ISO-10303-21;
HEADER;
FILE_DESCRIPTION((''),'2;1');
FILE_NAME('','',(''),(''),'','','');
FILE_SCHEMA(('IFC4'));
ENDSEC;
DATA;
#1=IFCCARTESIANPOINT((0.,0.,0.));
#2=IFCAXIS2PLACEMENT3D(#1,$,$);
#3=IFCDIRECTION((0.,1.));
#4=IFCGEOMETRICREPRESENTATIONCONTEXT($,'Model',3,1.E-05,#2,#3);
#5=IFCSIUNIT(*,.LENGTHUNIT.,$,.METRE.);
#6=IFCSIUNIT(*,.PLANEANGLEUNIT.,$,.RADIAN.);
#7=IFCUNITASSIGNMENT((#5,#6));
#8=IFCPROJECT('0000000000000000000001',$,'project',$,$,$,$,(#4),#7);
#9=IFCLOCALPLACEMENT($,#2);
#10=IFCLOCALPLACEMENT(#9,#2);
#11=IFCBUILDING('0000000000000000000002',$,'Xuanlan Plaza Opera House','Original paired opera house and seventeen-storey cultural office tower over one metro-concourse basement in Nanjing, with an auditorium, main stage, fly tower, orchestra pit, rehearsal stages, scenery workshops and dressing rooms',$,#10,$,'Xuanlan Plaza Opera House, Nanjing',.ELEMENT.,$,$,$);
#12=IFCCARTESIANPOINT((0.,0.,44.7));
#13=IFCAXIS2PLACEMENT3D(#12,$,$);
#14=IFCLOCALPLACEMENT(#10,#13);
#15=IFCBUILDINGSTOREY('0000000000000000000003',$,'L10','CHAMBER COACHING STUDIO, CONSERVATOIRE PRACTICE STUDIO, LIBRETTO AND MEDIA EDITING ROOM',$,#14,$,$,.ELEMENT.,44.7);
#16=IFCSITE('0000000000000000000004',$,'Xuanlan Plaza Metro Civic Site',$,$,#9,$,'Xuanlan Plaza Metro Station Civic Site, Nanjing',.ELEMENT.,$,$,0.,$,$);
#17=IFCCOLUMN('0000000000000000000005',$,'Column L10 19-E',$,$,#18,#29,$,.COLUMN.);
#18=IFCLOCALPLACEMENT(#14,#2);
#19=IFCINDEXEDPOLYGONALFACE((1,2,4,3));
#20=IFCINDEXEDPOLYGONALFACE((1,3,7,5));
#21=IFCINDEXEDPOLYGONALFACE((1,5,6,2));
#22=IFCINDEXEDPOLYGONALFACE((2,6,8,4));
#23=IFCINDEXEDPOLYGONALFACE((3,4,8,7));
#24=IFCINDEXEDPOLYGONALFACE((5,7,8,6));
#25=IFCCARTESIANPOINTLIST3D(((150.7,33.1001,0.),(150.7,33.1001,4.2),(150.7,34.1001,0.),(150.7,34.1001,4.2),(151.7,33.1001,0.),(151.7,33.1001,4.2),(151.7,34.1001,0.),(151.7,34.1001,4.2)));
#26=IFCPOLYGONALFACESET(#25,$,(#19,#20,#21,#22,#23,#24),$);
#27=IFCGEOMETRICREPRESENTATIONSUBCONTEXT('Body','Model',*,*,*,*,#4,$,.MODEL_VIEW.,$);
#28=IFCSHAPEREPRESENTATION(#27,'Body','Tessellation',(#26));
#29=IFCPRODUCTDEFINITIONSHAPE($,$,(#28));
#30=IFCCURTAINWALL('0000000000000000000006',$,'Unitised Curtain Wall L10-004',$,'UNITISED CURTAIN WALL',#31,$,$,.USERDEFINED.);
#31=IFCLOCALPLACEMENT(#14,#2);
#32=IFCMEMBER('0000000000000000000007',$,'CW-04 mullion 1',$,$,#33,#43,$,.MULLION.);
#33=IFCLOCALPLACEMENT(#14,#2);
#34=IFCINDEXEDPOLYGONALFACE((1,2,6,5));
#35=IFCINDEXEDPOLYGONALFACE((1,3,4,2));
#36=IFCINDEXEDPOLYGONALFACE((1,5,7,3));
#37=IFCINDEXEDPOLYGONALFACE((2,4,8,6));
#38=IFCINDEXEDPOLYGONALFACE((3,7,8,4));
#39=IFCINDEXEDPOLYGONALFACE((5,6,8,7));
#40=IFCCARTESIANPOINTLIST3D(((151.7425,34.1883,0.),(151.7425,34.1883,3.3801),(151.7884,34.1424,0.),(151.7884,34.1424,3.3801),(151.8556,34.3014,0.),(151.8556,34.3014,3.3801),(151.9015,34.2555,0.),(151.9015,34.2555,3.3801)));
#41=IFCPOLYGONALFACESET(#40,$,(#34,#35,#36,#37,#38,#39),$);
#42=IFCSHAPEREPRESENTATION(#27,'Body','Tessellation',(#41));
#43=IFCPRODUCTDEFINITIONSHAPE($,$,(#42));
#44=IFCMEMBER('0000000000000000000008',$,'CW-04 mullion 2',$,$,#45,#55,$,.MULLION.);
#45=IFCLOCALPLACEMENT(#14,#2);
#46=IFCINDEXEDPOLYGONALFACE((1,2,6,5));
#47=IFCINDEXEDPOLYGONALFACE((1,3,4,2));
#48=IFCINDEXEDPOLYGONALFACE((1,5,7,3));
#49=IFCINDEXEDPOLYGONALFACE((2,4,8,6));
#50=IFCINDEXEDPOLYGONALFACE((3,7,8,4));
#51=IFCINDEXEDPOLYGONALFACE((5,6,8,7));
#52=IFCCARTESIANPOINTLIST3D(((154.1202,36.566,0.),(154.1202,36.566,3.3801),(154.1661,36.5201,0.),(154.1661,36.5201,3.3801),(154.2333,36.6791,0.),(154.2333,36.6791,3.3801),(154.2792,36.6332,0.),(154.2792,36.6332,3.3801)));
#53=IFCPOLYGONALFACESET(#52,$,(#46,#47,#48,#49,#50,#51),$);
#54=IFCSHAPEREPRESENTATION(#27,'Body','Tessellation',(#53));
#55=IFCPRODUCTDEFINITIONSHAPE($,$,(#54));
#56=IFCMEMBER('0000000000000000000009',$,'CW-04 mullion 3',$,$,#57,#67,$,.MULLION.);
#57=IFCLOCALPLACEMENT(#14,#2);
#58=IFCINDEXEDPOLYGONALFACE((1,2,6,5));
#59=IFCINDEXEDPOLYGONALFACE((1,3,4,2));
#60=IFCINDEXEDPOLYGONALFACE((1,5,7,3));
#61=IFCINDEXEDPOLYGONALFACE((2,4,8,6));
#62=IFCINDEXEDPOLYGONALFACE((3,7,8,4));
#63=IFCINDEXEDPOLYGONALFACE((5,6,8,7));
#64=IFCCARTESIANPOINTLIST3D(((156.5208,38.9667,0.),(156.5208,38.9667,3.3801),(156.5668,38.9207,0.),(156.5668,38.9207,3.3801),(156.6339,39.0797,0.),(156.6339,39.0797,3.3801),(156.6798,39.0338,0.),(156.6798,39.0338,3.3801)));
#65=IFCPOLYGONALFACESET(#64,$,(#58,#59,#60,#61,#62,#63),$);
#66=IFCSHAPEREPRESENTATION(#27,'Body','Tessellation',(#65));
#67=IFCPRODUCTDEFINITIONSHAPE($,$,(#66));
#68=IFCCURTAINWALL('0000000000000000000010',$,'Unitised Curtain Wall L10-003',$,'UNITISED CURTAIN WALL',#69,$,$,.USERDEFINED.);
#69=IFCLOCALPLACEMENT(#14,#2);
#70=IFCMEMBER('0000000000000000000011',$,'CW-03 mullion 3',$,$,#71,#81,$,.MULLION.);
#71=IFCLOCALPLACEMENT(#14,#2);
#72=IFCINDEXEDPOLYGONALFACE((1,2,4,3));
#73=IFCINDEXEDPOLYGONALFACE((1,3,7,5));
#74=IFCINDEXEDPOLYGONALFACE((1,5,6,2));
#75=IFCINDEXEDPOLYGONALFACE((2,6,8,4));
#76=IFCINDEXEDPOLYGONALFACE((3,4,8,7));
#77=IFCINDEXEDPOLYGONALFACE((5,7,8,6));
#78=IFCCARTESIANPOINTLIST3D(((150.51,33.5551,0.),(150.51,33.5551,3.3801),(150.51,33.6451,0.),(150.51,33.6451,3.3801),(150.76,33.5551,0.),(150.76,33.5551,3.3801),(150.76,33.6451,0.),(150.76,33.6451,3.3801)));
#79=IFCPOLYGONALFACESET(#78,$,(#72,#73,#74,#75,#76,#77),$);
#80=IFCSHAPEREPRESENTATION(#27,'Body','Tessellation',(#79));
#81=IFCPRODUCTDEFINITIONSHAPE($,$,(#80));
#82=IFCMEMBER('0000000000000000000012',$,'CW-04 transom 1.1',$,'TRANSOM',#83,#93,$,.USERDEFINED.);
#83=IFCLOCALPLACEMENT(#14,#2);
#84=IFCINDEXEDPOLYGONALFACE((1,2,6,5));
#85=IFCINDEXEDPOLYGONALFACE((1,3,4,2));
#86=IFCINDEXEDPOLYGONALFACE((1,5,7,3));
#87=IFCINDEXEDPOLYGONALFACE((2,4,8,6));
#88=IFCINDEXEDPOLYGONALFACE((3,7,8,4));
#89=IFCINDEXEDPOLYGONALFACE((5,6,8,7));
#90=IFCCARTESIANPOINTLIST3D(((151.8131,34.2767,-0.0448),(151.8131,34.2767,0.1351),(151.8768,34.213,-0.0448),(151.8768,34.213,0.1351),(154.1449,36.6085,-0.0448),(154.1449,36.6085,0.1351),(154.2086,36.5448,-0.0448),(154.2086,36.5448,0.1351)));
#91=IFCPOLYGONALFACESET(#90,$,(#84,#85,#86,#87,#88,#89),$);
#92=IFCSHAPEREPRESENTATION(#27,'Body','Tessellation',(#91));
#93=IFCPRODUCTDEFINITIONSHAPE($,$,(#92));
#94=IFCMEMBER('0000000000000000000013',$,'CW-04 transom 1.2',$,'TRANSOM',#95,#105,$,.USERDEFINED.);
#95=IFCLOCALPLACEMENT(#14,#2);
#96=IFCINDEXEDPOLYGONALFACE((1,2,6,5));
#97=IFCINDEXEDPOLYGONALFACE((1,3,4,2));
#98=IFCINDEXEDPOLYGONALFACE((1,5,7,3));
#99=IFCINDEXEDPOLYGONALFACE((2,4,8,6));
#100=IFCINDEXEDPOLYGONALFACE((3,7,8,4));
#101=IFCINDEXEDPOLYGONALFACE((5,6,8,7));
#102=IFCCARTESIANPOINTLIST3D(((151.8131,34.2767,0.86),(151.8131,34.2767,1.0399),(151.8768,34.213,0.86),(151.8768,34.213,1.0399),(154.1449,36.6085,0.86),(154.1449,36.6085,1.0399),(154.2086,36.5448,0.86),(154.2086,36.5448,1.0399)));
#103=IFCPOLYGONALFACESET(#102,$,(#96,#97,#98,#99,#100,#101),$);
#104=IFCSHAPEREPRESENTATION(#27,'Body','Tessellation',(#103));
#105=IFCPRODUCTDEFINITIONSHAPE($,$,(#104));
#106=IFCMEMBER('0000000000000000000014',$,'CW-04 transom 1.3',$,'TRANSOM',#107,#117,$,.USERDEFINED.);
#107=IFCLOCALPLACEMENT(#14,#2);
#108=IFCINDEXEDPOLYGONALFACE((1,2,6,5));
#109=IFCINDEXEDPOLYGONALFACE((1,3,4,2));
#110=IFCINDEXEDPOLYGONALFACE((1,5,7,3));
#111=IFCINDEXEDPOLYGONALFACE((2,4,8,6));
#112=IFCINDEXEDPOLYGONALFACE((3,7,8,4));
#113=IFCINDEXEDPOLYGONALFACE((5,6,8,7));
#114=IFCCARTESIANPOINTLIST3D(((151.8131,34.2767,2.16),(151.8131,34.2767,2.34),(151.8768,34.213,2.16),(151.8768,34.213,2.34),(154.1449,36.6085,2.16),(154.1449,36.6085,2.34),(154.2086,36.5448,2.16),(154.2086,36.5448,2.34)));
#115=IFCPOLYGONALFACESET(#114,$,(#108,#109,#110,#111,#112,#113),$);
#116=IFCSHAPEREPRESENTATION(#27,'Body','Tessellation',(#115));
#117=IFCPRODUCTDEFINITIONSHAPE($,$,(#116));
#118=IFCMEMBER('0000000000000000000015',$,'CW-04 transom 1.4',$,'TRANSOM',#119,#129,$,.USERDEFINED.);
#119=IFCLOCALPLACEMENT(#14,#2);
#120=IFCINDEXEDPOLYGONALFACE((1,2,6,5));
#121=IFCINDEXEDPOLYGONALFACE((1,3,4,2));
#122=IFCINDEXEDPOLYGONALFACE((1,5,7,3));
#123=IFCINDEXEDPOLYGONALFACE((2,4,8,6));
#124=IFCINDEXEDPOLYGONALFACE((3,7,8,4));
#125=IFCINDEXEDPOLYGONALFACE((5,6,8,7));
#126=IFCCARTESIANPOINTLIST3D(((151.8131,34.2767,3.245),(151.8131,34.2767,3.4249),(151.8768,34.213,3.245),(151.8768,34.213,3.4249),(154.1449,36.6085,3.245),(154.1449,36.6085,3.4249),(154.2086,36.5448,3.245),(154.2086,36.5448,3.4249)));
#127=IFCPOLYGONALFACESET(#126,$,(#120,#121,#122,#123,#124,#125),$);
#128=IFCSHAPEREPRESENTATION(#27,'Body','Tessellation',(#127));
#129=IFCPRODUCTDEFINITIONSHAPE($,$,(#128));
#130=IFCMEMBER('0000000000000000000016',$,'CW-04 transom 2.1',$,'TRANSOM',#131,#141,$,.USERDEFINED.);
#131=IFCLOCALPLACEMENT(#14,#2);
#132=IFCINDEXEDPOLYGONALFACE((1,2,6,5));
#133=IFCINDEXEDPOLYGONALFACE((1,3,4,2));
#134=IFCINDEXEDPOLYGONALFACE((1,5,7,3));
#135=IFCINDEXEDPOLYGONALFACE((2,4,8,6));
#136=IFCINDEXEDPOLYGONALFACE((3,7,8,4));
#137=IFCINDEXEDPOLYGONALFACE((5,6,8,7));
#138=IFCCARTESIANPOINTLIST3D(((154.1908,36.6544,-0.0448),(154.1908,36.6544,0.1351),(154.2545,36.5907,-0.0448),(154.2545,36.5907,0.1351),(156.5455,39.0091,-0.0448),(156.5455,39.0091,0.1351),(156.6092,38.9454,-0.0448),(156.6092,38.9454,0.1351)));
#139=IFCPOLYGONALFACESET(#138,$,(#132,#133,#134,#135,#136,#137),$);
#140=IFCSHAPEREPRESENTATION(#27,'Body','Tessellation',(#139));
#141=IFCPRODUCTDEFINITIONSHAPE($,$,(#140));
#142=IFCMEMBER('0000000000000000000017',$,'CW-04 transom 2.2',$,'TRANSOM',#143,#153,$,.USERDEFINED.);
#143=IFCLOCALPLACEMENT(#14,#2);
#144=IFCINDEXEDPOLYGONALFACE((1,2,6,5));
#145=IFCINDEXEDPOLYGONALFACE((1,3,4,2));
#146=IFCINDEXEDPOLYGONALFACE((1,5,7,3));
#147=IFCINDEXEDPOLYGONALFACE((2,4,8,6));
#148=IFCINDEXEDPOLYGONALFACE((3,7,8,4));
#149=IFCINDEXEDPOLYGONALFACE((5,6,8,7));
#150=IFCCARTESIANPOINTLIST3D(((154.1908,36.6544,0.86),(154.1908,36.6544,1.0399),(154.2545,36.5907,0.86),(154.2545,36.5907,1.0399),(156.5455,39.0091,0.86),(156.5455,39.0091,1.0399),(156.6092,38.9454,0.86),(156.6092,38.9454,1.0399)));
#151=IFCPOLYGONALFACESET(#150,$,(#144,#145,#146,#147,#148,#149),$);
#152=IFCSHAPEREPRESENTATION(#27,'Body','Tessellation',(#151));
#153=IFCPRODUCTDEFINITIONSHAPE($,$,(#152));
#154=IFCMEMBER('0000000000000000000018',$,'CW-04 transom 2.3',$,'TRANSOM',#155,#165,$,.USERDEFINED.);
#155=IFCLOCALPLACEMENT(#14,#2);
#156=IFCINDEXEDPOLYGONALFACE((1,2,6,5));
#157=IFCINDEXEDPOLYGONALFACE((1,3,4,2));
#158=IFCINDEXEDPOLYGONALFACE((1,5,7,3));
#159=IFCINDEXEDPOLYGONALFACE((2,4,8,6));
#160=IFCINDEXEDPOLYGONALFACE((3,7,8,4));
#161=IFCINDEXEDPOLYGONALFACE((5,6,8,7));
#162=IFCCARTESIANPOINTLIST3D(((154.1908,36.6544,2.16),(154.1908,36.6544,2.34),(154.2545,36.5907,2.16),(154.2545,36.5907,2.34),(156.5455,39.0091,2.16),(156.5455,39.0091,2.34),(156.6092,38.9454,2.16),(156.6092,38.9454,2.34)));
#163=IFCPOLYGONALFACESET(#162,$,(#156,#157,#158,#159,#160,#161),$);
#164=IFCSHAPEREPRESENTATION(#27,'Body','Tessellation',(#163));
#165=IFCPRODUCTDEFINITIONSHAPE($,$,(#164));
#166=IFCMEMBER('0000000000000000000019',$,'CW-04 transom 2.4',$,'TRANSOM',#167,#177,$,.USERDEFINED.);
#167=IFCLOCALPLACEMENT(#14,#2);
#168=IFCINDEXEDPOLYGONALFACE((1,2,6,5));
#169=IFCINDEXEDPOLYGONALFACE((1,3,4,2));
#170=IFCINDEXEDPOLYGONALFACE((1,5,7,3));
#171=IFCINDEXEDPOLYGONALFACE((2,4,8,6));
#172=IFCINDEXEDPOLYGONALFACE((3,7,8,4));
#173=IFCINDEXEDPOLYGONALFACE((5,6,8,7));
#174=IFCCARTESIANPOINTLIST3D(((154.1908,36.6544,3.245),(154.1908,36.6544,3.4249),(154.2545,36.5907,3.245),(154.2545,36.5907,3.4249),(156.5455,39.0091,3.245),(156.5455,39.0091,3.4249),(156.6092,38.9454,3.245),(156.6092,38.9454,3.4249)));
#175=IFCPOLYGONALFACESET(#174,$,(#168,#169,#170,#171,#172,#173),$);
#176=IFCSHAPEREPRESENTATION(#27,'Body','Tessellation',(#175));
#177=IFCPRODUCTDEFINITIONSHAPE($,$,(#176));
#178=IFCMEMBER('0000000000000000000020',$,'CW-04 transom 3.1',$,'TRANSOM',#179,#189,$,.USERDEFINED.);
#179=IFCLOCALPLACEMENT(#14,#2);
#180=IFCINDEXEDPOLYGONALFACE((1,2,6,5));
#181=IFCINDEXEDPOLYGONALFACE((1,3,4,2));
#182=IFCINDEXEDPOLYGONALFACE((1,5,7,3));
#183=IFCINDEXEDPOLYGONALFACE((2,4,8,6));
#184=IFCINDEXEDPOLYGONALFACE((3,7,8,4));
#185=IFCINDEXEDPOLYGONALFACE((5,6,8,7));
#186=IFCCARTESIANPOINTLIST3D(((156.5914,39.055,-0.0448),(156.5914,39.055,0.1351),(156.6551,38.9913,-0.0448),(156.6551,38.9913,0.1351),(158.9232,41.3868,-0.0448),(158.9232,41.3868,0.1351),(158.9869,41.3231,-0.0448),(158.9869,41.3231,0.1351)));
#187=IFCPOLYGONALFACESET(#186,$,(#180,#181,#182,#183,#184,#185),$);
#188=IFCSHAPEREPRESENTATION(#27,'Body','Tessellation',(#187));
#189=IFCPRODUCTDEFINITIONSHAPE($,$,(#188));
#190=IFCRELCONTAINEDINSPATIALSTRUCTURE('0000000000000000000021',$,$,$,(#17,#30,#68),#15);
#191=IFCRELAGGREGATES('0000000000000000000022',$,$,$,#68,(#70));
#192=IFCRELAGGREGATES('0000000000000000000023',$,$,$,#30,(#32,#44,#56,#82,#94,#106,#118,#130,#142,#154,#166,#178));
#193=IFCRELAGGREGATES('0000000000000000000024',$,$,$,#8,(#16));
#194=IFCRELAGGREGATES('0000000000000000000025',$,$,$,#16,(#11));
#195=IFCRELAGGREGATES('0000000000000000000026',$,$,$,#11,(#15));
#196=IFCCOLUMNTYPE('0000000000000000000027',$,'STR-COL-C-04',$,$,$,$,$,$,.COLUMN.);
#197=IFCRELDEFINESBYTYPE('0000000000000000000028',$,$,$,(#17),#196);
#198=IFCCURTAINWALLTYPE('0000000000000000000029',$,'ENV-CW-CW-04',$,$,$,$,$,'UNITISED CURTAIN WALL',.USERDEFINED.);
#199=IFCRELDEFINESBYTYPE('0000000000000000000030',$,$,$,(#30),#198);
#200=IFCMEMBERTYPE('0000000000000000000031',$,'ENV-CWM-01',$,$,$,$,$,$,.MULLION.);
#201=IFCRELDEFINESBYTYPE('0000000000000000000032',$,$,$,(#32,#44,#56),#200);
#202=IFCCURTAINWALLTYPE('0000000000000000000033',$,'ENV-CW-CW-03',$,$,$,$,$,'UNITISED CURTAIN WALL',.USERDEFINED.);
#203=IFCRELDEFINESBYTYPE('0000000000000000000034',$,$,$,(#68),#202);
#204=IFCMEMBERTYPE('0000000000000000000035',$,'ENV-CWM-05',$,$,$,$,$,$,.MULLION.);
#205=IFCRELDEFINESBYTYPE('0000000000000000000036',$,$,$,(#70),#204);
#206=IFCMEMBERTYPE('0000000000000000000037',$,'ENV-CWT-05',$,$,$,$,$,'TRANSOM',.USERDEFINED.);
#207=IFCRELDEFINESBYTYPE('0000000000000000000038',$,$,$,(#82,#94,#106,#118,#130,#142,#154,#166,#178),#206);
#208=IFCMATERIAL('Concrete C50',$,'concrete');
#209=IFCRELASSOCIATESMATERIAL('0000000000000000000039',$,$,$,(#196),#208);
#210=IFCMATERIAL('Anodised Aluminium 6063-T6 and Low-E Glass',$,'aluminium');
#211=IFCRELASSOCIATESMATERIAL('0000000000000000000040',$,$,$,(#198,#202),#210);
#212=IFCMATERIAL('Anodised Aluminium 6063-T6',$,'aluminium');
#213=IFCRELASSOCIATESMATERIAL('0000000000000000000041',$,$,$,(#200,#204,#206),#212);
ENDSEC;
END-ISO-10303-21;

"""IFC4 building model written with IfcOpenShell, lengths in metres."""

from ifc_helpers import new_model, si_unit, direction, frame, origin, origin_2d, place, context, subcontext, project, spatial, rectangle, extrude, material, material_profile, profile_set, type_object, element, aggregate, save


model = new_model("IFC4")

# Units and contexts
model_context = context("Model", 3, precision=1e-05, world=origin(), true_north=direction((0.0, 1.0)))
body_context = subcontext(model_context, "Body", "Model", "MODEL_VIEW")
ifc_project = project(units=[si_unit("LENGTHUNIT", "METRE"), si_unit("PLANEANGLEUNIT", "RADIAN")], contexts=[model_context])

# Site, building, storey
site_placement = place(None, origin())
site = spatial("IfcSite", under=ifc_project, at=site_placement, Name="Xuanlan Plaza Metro Civic Site", LongName="Xuanlan Plaza Metro Station Civic Site, Nanjing", CompositionType="ELEMENT", RefElevation=0.0)
building_placement = place(site_placement, origin())
building = spatial("IfcBuilding", under=site, at=building_placement, Name="Xuanlan Plaza Opera House", Description="Original paired opera house and seventeen-storey cultural office tower over one metro-concourse basement in Nanjing, with an auditorium, main stage, fly tower, orchestra pit, rehearsal stages, scenery workshops and dressing rooms", LongName="Xuanlan Plaza Opera House, Nanjing", CompositionType="ELEMENT")
storey_placement = place(building_placement, frame((0.0, 0.0, 44.7)))
storey = spatial("IfcBuildingStorey", under=building, at=storey_placement, Name="L10", Description="CHAMBER COACHING STUDIO, CONSERVATOIRE PRACTICE STUDIO, LIBRETTO AND MEDIA EDITING ROOM", CompositionType="ELEMENT", Elevation=44.7)

# Column
ifc_material_1 = material(Name="Concrete C50", Category="concrete")
ifc_material_profile_1 = material_profile(ifc_material_1, rectangle(XDim=1.0, YDim=1.0, at=origin_2d()), Name="RC-COL 1000x1000")
ifc_profile_set_1 = profile_set([ifc_material_profile_1], Name="Concrete C50")
column_type = type_object("IfcColumnType", Name="STR-COL-C-04", PredefinedType="COLUMN", material=ifc_profile_set_1)
column_placement = place(storey_placement, frame((151.2, 33.6001, 0.0), z_axis=(0.0, 0.0, 1.0), x_axis=(1.0, 0.0, 0.0)))
element("IfcColumn", 1, at=column_placement, inside=storey, type_object=column_type, Name="Column L10 19-E", PredefinedType="COLUMN", context=body_context, shape_type="SweptSolid", body=[
    extrude(rectangle(XDim=1.0, YDim=1.0, at=origin_2d()), origin(), (0.0, 0.0, 1.0), 4.2),
])

# Curtain wall, members
ifc_material_2 = material(Name="Anodised Aluminium 6063-T6 and Low-E Glass", Category="aluminium")
curtain_wall_type_1 = type_object("IfcCurtainWallType", Name="ENV-CW-CW-04", ElementType="UNITISED CURTAIN WALL", PredefinedType="USERDEFINED", material=ifc_material_2)
curtain_wall_1_placement = place(storey_placement, origin())
curtain_wall_1 = element("IfcCurtainWall", 2, at=curtain_wall_1_placement, inside=storey, type_object=curtain_wall_type_1, Name="Unitised Curtain Wall L10-004", ObjectType="UNITISED CURTAIN WALL", PredefinedType="USERDEFINED")
ifc_material_3 = material(Name="Anodised Aluminium 6063-T6", Category="aluminium")
ifc_material_profile_2 = material_profile(ifc_material_3, rectangle(XDim=0.0649, YDim=0.1599, at=origin_2d()), Name="ALU-M 65x160")
ifc_profile_set_2 = profile_set([ifc_material_profile_2], Name="Anodised Aluminium 6063-T6")
member_type_1 = type_object("IfcMemberType", Name="ENV-CWM-01", PredefinedType="MULLION", material=ifc_profile_set_2)
member_1_placement = place(storey_placement, frame((151.822, 34.2219, 0.0), z_axis=(0.0, 0.0, 1.0), x_axis=(-0.707107, 0.707107, 0.0)))
member_1 = element("IfcMember", 3, at=member_1_placement, type_object=member_type_1, Name="CW-04 mullion 1", PredefinedType="MULLION", context=body_context, shape_type="SweptSolid", body=[
    extrude(rectangle(XDim=0.0649, YDim=0.1599, at=origin_2d()), origin(), (0.0, 0.0, 1.0), 3.3801),
])
member_2_placement = place(storey_placement, frame((154.1997, 36.5996, 0.0), z_axis=(0.0, 0.0, 1.0), x_axis=(-0.707107, 0.707107, 0.0)))
member_2 = element("IfcMember", 4, at=member_2_placement, type_object=member_type_1, Name="CW-04 mullion 2", PredefinedType="MULLION", context=body_context, shape_type="SweptSolid", body=[
    extrude(rectangle(XDim=0.0649, YDim=0.1599, at=origin_2d()), origin(), (0.0, 0.0, 1.0), 3.3801),
])
member_3_placement = place(storey_placement, frame((156.6003, 39.0002, 0.0), z_axis=(0.0, 0.0, 1.0), x_axis=(-0.707107, 0.707107, 0.0)))
member_3 = element("IfcMember", 5, at=member_3_placement, type_object=member_type_1, Name="CW-04 mullion 3", PredefinedType="MULLION", context=body_context, shape_type="SweptSolid", body=[
    extrude(rectangle(XDim=0.0649, YDim=0.1599, at=origin_2d()), origin(), (0.0, 0.0, 1.0), 3.3801),
])

# Curtain wall, member
curtain_wall_type_2 = type_object("IfcCurtainWallType", Name="ENV-CW-CW-03", ElementType="UNITISED CURTAIN WALL", PredefinedType="USERDEFINED", material=ifc_material_2)
curtain_wall_2_placement = place(storey_placement, origin())
curtain_wall_2 = element("IfcCurtainWall", 6, at=curtain_wall_2_placement, inside=storey, type_object=curtain_wall_type_2, Name="Unitised Curtain Wall L10-003", ObjectType="UNITISED CURTAIN WALL", PredefinedType="USERDEFINED")
ifc_material_profile_3 = material_profile(ifc_material_3, rectangle(XDim=0.0901, YDim=0.25, at=origin_2d()), Name="ALU-M 90x250")
ifc_profile_set_3 = profile_set([ifc_material_profile_3], Name="Anodised Aluminium 6063-T6")
member_type_2 = type_object("IfcMemberType", Name="ENV-CWM-05", PredefinedType="MULLION", material=ifc_profile_set_3)
member_4_placement = place(storey_placement, frame((150.635, 33.6001, 0.0), z_axis=(0.0, 0.0, 1.0), x_axis=(0.0, 1.0, 0.0)))
member_4 = element("IfcMember", 7, at=member_4_placement, type_object=member_type_2, Name="CW-03 mullion 3", PredefinedType="MULLION", context=body_context, shape_type="SweptSolid", body=[
    extrude(rectangle(XDim=0.0901, YDim=0.25, at=origin_2d()), origin(), (0.0, 0.0, 1.0), 3.3801),
])

# Members
ifc_material_profile_4 = material_profile(ifc_material_3, rectangle(XDim=0.0901, YDim=0.1799, at=origin_2d()), Name="ALU-T 90x180")
ifc_profile_set_4 = profile_set([ifc_material_profile_4], Name="Anodised Aluminium 6063-T6")
member_type_3 = type_object("IfcMemberType", Name="ENV-CWT-05", ElementType="TRANSOM", PredefinedType="USERDEFINED", material=ifc_profile_set_4)
member_5_placement = place(storey_placement, frame((151.845, 34.2449, 0.0452), z_axis=(0.707107, 0.707107, 0.0), x_axis=(-0.707107, 0.707107, 0.0)))
member_5 = element("IfcMember", 8, at=member_5_placement, type_object=member_type_3, Name="CW-04 transom 1.1", ObjectType="TRANSOM", PredefinedType="USERDEFINED", context=body_context, shape_type="SweptSolid", body=[
    extrude(rectangle(XDim=0.0901, YDim=0.1799, at=origin_2d()), origin(), (0.0, 0.0, 1.0), 3.2976),
])
member_6_placement = place(storey_placement, frame((151.845, 34.2449, 0.95), z_axis=(0.707107, 0.707107, 0.0), x_axis=(-0.707107, 0.707107, 0.0)))
member_6 = element("IfcMember", 9, at=member_6_placement, type_object=member_type_3, Name="CW-04 transom 1.2", ObjectType="TRANSOM", PredefinedType="USERDEFINED", context=body_context, shape_type="SweptSolid", body=[
    extrude(rectangle(XDim=0.0901, YDim=0.1799, at=origin_2d()), origin(), (0.0, 0.0, 1.0), 3.2976),
])
member_7_placement = place(storey_placement, frame((151.845, 34.2449, 2.25), z_axis=(0.707107, 0.707107, 0.0), x_axis=(-0.707107, 0.707107, 0.0)))
member_7 = element("IfcMember", 10, at=member_7_placement, type_object=member_type_3, Name="CW-04 transom 1.3", ObjectType="TRANSOM", PredefinedType="USERDEFINED", context=body_context, shape_type="SweptSolid", body=[
    extrude(rectangle(XDim=0.0901, YDim=0.1799, at=origin_2d()), origin(), (0.0, 0.0, 1.0), 3.2976),
])
member_8_placement = place(storey_placement, frame((151.845, 34.2449, 3.335), z_axis=(0.707107, 0.707107, 0.0), x_axis=(-0.707107, 0.707107, 0.0)))
member_8 = element("IfcMember", 11, at=member_8_placement, type_object=member_type_3, Name="CW-04 transom 1.4", ObjectType="TRANSOM", PredefinedType="USERDEFINED", context=body_context, shape_type="SweptSolid", body=[
    extrude(rectangle(XDim=0.0901, YDim=0.1799, at=origin_2d()), origin(), (0.0, 0.0, 1.0), 3.2976),
])
member_9_placement = place(storey_placement, frame((154.2227, 36.6226, 0.0452), z_axis=(0.707107, 0.707107, 0.0), x_axis=(-0.707107, 0.707107, 0.0)))
member_9 = element("IfcMember", 12, at=member_9_placement, type_object=member_type_3, Name="CW-04 transom 2.1", ObjectType="TRANSOM", PredefinedType="USERDEFINED", context=body_context, shape_type="SweptSolid", body=[
    extrude(rectangle(XDim=0.0901, YDim=0.1799, at=origin_2d()), origin(), (0.0, 0.0, 1.0), 3.3301),
])
member_10_placement = place(storey_placement, frame((154.2227, 36.6226, 0.95), z_axis=(0.707107, 0.707107, 0.0), x_axis=(-0.707107, 0.707107, 0.0)))
member_10 = element("IfcMember", 13, at=member_10_placement, type_object=member_type_3, Name="CW-04 transom 2.2", ObjectType="TRANSOM", PredefinedType="USERDEFINED", context=body_context, shape_type="SweptSolid", body=[
    extrude(rectangle(XDim=0.0901, YDim=0.1799, at=origin_2d()), origin(), (0.0, 0.0, 1.0), 3.3301),
])
member_11_placement = place(storey_placement, frame((154.2227, 36.6226, 2.25), z_axis=(0.707107, 0.707107, 0.0), x_axis=(-0.707107, 0.707107, 0.0)))
member_11 = element("IfcMember", 14, at=member_11_placement, type_object=member_type_3, Name="CW-04 transom 2.3", ObjectType="TRANSOM", PredefinedType="USERDEFINED", context=body_context, shape_type="SweptSolid", body=[
    extrude(rectangle(XDim=0.0901, YDim=0.1799, at=origin_2d()), origin(), (0.0, 0.0, 1.0), 3.3301),
])
member_12_placement = place(storey_placement, frame((154.2227, 36.6226, 3.335), z_axis=(0.707107, 0.707107, 0.0), x_axis=(-0.707107, 0.707107, 0.0)))
member_12 = element("IfcMember", 15, at=member_12_placement, type_object=member_type_3, Name="CW-04 transom 2.4", ObjectType="TRANSOM", PredefinedType="USERDEFINED", context=body_context, shape_type="SweptSolid", body=[
    extrude(rectangle(XDim=0.0901, YDim=0.1799, at=origin_2d()), origin(), (0.0, 0.0, 1.0), 3.3301),
])
member_13_placement = place(storey_placement, frame((156.6233, 39.0232, 0.0452), z_axis=(0.707107, 0.707107, 0.0), x_axis=(-0.707107, 0.707107, 0.0)))
member_13 = element("IfcMember", 16, at=member_13_placement, type_object=member_type_3, Name="CW-04 transom 3.1", ObjectType="TRANSOM", PredefinedType="USERDEFINED", context=body_context, shape_type="SweptSolid", body=[
    extrude(rectangle(XDim=0.0901, YDim=0.1799, at=origin_2d()), origin(), (0.0, 0.0, 1.0), 3.2976),
])

aggregate(curtain_wall_2, [member_4])
aggregate(curtain_wall_1, [member_1, member_2, member_3, member_5, member_6, member_7, member_8, member_9, member_10, member_11, member_12, member_13])

save(model, "model.ifc")
